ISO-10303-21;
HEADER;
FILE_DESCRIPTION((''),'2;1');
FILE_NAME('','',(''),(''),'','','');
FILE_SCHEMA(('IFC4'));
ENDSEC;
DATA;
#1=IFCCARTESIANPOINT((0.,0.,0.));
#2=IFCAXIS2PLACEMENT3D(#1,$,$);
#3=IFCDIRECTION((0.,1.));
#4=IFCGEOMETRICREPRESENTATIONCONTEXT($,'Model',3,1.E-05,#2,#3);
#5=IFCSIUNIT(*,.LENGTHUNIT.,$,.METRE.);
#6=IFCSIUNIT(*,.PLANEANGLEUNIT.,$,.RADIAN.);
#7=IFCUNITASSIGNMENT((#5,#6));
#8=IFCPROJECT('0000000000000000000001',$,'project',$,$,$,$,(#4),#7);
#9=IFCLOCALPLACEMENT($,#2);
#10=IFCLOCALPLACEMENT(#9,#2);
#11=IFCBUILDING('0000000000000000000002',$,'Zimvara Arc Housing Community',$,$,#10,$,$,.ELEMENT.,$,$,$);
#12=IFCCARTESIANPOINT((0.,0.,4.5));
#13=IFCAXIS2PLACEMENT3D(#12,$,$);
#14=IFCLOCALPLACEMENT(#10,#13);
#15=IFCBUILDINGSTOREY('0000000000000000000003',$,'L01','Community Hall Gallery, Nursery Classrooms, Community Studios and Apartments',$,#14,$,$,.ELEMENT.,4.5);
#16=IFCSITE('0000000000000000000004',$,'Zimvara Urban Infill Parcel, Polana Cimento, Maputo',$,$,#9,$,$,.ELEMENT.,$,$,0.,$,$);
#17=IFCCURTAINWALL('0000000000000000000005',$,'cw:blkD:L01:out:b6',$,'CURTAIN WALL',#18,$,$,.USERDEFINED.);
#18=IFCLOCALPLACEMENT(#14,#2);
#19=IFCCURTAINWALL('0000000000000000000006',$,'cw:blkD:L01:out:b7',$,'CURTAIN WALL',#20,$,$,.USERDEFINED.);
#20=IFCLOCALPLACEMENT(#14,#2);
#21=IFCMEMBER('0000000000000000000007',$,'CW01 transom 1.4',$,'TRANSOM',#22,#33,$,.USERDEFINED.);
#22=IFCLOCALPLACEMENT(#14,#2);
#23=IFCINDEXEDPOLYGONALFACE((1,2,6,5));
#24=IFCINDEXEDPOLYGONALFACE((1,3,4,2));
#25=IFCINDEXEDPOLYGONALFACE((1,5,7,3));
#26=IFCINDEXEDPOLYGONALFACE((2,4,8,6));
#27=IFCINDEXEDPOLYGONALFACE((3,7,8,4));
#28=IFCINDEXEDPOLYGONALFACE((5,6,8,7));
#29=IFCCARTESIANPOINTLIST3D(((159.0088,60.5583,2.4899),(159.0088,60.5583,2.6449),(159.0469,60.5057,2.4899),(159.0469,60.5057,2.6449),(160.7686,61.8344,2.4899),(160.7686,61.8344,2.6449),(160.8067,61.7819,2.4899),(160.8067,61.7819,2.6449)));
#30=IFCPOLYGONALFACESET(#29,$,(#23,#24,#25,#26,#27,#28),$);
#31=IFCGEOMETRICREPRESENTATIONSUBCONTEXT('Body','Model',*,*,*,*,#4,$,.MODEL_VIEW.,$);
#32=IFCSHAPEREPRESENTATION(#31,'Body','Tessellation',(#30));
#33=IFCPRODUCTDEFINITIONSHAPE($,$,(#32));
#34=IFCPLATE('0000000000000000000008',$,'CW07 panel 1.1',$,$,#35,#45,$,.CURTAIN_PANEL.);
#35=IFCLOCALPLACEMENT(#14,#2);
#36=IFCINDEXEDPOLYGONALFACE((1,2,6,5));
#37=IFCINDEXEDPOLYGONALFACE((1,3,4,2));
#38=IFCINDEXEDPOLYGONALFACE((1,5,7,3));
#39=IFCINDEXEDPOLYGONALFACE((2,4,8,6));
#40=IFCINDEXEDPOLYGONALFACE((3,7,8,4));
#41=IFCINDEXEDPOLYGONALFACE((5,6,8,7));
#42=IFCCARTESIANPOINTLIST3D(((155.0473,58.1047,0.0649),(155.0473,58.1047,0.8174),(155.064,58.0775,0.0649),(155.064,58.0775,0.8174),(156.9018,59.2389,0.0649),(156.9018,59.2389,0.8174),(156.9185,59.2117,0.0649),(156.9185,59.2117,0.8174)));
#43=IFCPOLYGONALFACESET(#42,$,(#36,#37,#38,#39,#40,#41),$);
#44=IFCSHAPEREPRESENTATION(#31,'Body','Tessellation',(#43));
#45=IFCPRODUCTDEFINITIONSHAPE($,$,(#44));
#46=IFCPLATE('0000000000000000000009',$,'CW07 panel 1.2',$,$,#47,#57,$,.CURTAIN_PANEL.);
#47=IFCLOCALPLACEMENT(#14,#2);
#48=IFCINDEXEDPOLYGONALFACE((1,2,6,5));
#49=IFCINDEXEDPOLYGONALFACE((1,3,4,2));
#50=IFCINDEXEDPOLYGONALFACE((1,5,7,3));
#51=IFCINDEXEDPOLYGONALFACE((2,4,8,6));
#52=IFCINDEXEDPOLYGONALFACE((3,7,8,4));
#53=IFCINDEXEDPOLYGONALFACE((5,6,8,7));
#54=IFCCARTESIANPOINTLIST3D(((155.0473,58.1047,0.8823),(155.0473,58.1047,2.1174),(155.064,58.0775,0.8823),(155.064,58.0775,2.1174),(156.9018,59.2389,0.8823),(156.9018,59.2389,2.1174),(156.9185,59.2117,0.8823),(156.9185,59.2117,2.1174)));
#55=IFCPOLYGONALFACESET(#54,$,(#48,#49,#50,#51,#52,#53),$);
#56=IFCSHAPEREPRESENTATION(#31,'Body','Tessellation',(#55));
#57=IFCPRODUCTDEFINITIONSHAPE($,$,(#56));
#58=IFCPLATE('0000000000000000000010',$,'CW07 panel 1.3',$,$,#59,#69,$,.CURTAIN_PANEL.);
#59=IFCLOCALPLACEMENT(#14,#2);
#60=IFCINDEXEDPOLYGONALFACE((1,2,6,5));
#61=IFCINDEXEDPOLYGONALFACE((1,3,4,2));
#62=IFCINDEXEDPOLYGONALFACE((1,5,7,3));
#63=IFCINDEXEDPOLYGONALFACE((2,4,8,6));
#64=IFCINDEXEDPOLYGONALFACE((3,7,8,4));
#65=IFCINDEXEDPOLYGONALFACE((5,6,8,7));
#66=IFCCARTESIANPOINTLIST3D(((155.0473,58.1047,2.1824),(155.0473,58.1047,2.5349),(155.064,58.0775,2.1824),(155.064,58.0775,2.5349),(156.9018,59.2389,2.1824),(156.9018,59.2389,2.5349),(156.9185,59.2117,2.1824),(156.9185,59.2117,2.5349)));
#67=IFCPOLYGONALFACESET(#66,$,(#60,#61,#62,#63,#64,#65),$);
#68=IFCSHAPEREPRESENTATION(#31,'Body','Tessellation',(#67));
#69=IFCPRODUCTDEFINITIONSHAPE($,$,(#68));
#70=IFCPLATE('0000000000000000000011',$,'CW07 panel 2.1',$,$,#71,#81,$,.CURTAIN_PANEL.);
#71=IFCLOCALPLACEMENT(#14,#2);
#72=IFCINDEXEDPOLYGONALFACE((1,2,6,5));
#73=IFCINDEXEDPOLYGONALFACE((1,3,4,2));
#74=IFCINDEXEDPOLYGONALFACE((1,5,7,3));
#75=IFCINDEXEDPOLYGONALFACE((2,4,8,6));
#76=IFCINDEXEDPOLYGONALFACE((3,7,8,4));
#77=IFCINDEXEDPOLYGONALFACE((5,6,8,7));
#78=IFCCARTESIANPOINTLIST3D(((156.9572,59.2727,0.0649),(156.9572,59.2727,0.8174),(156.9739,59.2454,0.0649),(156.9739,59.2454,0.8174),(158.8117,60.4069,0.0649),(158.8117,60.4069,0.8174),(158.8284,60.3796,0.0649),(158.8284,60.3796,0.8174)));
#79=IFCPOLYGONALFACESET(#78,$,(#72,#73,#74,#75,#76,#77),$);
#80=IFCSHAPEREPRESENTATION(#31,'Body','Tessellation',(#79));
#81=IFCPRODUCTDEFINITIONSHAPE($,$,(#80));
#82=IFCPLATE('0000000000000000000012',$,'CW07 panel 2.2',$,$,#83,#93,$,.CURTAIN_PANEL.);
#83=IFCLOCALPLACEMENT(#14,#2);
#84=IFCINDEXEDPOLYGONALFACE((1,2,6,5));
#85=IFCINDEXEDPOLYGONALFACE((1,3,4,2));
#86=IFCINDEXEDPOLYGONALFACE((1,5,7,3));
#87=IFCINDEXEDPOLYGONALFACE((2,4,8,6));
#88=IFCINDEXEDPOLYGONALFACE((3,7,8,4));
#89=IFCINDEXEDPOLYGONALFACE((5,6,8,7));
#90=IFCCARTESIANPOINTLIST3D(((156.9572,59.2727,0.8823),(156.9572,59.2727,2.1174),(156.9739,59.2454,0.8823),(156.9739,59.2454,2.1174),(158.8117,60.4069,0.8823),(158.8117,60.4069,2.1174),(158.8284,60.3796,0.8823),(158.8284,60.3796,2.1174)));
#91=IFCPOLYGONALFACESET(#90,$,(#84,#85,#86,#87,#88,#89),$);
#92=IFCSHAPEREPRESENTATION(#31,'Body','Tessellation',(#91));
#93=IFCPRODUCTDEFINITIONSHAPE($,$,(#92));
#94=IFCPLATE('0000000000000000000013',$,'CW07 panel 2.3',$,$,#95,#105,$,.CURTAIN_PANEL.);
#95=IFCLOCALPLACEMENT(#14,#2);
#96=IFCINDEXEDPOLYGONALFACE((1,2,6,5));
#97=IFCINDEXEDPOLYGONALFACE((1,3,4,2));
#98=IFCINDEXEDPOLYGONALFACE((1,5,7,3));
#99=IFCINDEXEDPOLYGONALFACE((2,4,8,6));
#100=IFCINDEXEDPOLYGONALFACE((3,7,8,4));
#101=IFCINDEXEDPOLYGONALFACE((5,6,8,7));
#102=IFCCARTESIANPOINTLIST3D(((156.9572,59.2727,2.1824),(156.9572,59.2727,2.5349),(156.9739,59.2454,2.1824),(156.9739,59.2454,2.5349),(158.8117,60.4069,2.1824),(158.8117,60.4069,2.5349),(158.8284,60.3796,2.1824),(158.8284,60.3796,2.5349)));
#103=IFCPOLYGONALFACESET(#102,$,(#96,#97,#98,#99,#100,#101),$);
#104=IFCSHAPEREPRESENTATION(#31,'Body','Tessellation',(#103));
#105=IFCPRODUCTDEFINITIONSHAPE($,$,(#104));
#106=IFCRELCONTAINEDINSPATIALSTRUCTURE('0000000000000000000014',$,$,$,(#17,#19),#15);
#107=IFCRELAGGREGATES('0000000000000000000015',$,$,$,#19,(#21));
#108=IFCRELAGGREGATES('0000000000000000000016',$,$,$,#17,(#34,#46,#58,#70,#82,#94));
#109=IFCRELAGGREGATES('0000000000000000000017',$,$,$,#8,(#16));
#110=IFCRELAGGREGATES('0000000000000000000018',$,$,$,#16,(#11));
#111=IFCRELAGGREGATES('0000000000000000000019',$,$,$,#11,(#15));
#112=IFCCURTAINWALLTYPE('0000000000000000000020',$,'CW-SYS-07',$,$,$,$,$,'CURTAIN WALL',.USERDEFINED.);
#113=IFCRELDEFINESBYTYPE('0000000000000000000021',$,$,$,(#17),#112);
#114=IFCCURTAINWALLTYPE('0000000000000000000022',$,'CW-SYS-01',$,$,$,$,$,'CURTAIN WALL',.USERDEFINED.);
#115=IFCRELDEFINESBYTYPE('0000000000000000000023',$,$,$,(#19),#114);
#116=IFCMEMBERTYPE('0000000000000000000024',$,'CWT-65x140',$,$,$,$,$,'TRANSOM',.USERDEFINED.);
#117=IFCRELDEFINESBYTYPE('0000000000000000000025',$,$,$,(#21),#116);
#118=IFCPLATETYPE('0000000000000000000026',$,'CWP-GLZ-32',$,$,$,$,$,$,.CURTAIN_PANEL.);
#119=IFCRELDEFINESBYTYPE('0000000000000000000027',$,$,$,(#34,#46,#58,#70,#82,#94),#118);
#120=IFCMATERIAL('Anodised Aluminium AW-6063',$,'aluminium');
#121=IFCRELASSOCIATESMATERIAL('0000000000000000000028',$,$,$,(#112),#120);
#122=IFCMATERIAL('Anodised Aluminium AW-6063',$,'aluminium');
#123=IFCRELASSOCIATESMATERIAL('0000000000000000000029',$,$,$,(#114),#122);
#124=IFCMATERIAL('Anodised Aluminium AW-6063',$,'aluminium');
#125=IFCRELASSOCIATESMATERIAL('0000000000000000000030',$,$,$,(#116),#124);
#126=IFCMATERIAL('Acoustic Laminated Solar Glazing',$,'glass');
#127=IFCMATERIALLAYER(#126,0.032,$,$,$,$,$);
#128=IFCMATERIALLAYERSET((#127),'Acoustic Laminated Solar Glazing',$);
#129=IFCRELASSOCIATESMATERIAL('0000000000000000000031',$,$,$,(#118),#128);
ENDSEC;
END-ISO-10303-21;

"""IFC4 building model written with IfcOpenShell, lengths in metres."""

from ifc_helpers import new_model, si_unit, direction, frame, origin, origin_2d, place, context, subcontext, project, spatial, rectangle, extrude, material, layer, layer_set, material_profile, profile_set, type_object, element, aggregate, save


model = new_model("IFC4")

# Units and contexts
model_context = context("Model", 3, precision=1e-05, world=origin(), true_north=direction((0.0, 1.0)))
body_context = subcontext(model_context, "Body", "Model", "MODEL_VIEW")
ifc_project = project(units=[si_unit("LENGTHUNIT", "METRE"), si_unit("PLANEANGLEUNIT", "RADIAN")], contexts=[model_context])

# Site, building, storey
site_placement = place(None, origin())
site = spatial("IfcSite", under=ifc_project, at=site_placement, Name="Zimvara Urban Infill Parcel, Polana Cimento, Maputo", CompositionType="ELEMENT", RefElevation=0.0)
building_placement = place(site_placement, origin())
building = spatial("IfcBuilding", under=site, at=building_placement, Name="Zimvara Arc Housing Community", CompositionType="ELEMENT")
storey_placement = place(building_placement, frame((0.0, 0.0, 4.5)))
storey = spatial("IfcBuildingStorey", under=building, at=storey_placement, Name="L01", Description="Community Hall Gallery, Nursery Classrooms, Community Studios and Apartments", CompositionType="ELEMENT", Elevation=4.5)

# Curtain wall
ifc_material_1 = material(Name="Anodised Aluminium AW-6063", Category="aluminium")
curtain_wall_type_1 = type_object("IfcCurtainWallType", Name="CW-SYS-07", ElementType="CURTAIN WALL", PredefinedType="USERDEFINED", material=ifc_material_1)
curtain_wall_1_placement = place(storey_placement, origin())
curtain_wall_1 = element("IfcCurtainWall", 1, at=curtain_wall_1_placement, inside=storey, type_object=curtain_wall_type_1, Name="cw:blkD:L01:out:b6", ObjectType="CURTAIN WALL", PredefinedType="USERDEFINED")

# Curtain wall
ifc_material_2 = material(Name="Anodised Aluminium AW-6063", Category="aluminium")
curtain_wall_type_2 = type_object("IfcCurtainWallType", Name="CW-SYS-01", ElementType="CURTAIN WALL", PredefinedType="USERDEFINED", material=ifc_material_2)
curtain_wall_2_placement = place(storey_placement, origin())
curtain_wall_2 = element("IfcCurtainWall", 2, at=curtain_wall_2_placement, inside=storey, type_object=curtain_wall_type_2, Name="cw:blkD:L01:out:b7", ObjectType="CURTAIN WALL", PredefinedType="USERDEFINED")

# Member
ifc_material_3 = material(Name="Anodised Aluminium AW-6063", Category="aluminium")
ifc_material_profile_1 = material_profile(ifc_material_3, rectangle(XDim=0.0649, YDim=0.155, at=origin_2d()), Name="ALU 65x155")
ifc_profile_set_1 = profile_set([ifc_material_profile_1], Name="Anodised Aluminium AW-6063")
member_type_1 = type_object("IfcMemberType", Name="CWT-65x140", ElementType="TRANSOM", PredefinedType="USERDEFINED", material=ifc_profile_set_1)
member_1_placement = place(storey_placement, frame((159.0278, 60.532, 2.5674), z_axis=(0.809546, 0.587056, 0.0), x_axis=(-0.587056, 0.809546, 0.0)))
member_1 = element("IfcMember", 3, at=member_1_placement, type_object=member_type_1, Name="CW01 transom 1.4", ObjectType="TRANSOM", PredefinedType="USERDEFINED", context=body_context, shape_type="SweptSolid", body=[
    extrude(rectangle(XDim=0.0649, YDim=0.155, at=origin_2d()), origin(), (0.0, 0.0, 1.0), 2.1738),
])
aggregate(curtain_wall_2, [member_1])

# Plates
ifc_material_4 = material(Name="Acoustic Laminated Solar Glazing", Category="glass")
ifc_layer = layer(ifc_material_4, 0.032)
ifc_layer_set = layer_set([ifc_layer], Name="Acoustic Laminated Solar Glazing")
plate_type = type_object("IfcPlateType", Name="CWP-GLZ-32", PredefinedType="CURTAIN_PANEL", material=ifc_layer_set)
plate_1_placement = place(storey_placement, frame((155.9829, 58.6582, 0.0649), z_axis=(0.0, 0.0, 1.0), x_axis=(0.853096, 0.521754, 0.0)))
plate_1 = element("IfcPlate", 4, at=plate_1_placement, type_object=plate_type, Name="CW07 panel 1.1", PredefinedType="CURTAIN_PANEL", context=body_context, shape_type="SweptSolid", body=[
    extrude(rectangle(XDim=2.1738, YDim=0.032, at=origin_2d()), origin(), (0.0, 0.0, 1.0), 0.7524),
])
plate_2_placement = place(storey_placement, frame((155.9829, 58.6582, 0.8823), z_axis=(0.0, 0.0, 1.0), x_axis=(0.853096, 0.521754, 0.0)))
plate_2 = element("IfcPlate", 5, at=plate_2_placement, type_object=plate_type, Name="CW07 panel 1.2", PredefinedType="CURTAIN_PANEL", context=body_context, shape_type="SweptSolid", body=[
    extrude(rectangle(XDim=2.1738, YDim=0.032, at=origin_2d()), origin(), (0.0, 0.0, 1.0), 1.2351),
])
plate_3_placement = place(storey_placement, frame((155.9829, 58.6582, 2.1824), z_axis=(0.0, 0.0, 1.0), x_axis=(0.853096, 0.521754, 0.0)))
plate_3 = element("IfcPlate", 6, at=plate_3_placement, type_object=plate_type, Name="CW07 panel 1.3", PredefinedType="CURTAIN_PANEL", context=body_context, shape_type="SweptSolid", body=[
    extrude(rectangle(XDim=2.1738, YDim=0.032, at=origin_2d()), origin(), (0.0, 0.0, 1.0), 0.3525),
])
plate_4_placement = place(storey_placement, frame((157.8928, 59.8262, 0.0649), z_axis=(0.0, 0.0, 1.0), x_axis=(0.853096, 0.521754, 0.0)))
plate_4 = element("IfcPlate", 7, at=plate_4_placement, type_object=plate_type, Name="CW07 panel 2.1", PredefinedType="CURTAIN_PANEL", context=body_context, shape_type="SweptSolid", body=[
    extrude(rectangle(XDim=2.1738, YDim=0.032, at=origin_2d()), origin(), (0.0, 0.0, 1.0), 0.7524),
])
plate_5_placement = place(storey_placement, frame((157.8928, 59.8262, 0.8823), z_axis=(0.0, 0.0, 1.0), x_axis=(0.853096, 0.521754, 0.0)))
plate_5 = element("IfcPlate", 8, at=plate_5_placement, type_object=plate_type, Name="CW07 panel 2.2", PredefinedType="CURTAIN_PANEL", context=body_context, shape_type="SweptSolid", body=[
    extrude(rectangle(XDim=2.1738, YDim=0.032, at=origin_2d()), origin(), (0.0, 0.0, 1.0), 1.2351),
])
plate_6_placement = place(storey_placement, frame((157.8928, 59.8262, 2.1824), z_axis=(0.0, 0.0, 1.0), x_axis=(0.853096, 0.521754, 0.0)))
plate_6 = element("IfcPlate", 9, at=plate_6_placement, type_object=plate_type, Name="CW07 panel 2.3", PredefinedType="CURTAIN_PANEL", context=body_context, shape_type="SweptSolid", body=[
    extrude(rectangle(XDim=2.1738, YDim=0.032, at=origin_2d()), origin(), (0.0, 0.0, 1.0), 0.3525),
])
aggregate(curtain_wall_1, [plate_1, plate_2, plate_3, plate_4, plate_5, plate_6])

save(model, "model.ifc")
